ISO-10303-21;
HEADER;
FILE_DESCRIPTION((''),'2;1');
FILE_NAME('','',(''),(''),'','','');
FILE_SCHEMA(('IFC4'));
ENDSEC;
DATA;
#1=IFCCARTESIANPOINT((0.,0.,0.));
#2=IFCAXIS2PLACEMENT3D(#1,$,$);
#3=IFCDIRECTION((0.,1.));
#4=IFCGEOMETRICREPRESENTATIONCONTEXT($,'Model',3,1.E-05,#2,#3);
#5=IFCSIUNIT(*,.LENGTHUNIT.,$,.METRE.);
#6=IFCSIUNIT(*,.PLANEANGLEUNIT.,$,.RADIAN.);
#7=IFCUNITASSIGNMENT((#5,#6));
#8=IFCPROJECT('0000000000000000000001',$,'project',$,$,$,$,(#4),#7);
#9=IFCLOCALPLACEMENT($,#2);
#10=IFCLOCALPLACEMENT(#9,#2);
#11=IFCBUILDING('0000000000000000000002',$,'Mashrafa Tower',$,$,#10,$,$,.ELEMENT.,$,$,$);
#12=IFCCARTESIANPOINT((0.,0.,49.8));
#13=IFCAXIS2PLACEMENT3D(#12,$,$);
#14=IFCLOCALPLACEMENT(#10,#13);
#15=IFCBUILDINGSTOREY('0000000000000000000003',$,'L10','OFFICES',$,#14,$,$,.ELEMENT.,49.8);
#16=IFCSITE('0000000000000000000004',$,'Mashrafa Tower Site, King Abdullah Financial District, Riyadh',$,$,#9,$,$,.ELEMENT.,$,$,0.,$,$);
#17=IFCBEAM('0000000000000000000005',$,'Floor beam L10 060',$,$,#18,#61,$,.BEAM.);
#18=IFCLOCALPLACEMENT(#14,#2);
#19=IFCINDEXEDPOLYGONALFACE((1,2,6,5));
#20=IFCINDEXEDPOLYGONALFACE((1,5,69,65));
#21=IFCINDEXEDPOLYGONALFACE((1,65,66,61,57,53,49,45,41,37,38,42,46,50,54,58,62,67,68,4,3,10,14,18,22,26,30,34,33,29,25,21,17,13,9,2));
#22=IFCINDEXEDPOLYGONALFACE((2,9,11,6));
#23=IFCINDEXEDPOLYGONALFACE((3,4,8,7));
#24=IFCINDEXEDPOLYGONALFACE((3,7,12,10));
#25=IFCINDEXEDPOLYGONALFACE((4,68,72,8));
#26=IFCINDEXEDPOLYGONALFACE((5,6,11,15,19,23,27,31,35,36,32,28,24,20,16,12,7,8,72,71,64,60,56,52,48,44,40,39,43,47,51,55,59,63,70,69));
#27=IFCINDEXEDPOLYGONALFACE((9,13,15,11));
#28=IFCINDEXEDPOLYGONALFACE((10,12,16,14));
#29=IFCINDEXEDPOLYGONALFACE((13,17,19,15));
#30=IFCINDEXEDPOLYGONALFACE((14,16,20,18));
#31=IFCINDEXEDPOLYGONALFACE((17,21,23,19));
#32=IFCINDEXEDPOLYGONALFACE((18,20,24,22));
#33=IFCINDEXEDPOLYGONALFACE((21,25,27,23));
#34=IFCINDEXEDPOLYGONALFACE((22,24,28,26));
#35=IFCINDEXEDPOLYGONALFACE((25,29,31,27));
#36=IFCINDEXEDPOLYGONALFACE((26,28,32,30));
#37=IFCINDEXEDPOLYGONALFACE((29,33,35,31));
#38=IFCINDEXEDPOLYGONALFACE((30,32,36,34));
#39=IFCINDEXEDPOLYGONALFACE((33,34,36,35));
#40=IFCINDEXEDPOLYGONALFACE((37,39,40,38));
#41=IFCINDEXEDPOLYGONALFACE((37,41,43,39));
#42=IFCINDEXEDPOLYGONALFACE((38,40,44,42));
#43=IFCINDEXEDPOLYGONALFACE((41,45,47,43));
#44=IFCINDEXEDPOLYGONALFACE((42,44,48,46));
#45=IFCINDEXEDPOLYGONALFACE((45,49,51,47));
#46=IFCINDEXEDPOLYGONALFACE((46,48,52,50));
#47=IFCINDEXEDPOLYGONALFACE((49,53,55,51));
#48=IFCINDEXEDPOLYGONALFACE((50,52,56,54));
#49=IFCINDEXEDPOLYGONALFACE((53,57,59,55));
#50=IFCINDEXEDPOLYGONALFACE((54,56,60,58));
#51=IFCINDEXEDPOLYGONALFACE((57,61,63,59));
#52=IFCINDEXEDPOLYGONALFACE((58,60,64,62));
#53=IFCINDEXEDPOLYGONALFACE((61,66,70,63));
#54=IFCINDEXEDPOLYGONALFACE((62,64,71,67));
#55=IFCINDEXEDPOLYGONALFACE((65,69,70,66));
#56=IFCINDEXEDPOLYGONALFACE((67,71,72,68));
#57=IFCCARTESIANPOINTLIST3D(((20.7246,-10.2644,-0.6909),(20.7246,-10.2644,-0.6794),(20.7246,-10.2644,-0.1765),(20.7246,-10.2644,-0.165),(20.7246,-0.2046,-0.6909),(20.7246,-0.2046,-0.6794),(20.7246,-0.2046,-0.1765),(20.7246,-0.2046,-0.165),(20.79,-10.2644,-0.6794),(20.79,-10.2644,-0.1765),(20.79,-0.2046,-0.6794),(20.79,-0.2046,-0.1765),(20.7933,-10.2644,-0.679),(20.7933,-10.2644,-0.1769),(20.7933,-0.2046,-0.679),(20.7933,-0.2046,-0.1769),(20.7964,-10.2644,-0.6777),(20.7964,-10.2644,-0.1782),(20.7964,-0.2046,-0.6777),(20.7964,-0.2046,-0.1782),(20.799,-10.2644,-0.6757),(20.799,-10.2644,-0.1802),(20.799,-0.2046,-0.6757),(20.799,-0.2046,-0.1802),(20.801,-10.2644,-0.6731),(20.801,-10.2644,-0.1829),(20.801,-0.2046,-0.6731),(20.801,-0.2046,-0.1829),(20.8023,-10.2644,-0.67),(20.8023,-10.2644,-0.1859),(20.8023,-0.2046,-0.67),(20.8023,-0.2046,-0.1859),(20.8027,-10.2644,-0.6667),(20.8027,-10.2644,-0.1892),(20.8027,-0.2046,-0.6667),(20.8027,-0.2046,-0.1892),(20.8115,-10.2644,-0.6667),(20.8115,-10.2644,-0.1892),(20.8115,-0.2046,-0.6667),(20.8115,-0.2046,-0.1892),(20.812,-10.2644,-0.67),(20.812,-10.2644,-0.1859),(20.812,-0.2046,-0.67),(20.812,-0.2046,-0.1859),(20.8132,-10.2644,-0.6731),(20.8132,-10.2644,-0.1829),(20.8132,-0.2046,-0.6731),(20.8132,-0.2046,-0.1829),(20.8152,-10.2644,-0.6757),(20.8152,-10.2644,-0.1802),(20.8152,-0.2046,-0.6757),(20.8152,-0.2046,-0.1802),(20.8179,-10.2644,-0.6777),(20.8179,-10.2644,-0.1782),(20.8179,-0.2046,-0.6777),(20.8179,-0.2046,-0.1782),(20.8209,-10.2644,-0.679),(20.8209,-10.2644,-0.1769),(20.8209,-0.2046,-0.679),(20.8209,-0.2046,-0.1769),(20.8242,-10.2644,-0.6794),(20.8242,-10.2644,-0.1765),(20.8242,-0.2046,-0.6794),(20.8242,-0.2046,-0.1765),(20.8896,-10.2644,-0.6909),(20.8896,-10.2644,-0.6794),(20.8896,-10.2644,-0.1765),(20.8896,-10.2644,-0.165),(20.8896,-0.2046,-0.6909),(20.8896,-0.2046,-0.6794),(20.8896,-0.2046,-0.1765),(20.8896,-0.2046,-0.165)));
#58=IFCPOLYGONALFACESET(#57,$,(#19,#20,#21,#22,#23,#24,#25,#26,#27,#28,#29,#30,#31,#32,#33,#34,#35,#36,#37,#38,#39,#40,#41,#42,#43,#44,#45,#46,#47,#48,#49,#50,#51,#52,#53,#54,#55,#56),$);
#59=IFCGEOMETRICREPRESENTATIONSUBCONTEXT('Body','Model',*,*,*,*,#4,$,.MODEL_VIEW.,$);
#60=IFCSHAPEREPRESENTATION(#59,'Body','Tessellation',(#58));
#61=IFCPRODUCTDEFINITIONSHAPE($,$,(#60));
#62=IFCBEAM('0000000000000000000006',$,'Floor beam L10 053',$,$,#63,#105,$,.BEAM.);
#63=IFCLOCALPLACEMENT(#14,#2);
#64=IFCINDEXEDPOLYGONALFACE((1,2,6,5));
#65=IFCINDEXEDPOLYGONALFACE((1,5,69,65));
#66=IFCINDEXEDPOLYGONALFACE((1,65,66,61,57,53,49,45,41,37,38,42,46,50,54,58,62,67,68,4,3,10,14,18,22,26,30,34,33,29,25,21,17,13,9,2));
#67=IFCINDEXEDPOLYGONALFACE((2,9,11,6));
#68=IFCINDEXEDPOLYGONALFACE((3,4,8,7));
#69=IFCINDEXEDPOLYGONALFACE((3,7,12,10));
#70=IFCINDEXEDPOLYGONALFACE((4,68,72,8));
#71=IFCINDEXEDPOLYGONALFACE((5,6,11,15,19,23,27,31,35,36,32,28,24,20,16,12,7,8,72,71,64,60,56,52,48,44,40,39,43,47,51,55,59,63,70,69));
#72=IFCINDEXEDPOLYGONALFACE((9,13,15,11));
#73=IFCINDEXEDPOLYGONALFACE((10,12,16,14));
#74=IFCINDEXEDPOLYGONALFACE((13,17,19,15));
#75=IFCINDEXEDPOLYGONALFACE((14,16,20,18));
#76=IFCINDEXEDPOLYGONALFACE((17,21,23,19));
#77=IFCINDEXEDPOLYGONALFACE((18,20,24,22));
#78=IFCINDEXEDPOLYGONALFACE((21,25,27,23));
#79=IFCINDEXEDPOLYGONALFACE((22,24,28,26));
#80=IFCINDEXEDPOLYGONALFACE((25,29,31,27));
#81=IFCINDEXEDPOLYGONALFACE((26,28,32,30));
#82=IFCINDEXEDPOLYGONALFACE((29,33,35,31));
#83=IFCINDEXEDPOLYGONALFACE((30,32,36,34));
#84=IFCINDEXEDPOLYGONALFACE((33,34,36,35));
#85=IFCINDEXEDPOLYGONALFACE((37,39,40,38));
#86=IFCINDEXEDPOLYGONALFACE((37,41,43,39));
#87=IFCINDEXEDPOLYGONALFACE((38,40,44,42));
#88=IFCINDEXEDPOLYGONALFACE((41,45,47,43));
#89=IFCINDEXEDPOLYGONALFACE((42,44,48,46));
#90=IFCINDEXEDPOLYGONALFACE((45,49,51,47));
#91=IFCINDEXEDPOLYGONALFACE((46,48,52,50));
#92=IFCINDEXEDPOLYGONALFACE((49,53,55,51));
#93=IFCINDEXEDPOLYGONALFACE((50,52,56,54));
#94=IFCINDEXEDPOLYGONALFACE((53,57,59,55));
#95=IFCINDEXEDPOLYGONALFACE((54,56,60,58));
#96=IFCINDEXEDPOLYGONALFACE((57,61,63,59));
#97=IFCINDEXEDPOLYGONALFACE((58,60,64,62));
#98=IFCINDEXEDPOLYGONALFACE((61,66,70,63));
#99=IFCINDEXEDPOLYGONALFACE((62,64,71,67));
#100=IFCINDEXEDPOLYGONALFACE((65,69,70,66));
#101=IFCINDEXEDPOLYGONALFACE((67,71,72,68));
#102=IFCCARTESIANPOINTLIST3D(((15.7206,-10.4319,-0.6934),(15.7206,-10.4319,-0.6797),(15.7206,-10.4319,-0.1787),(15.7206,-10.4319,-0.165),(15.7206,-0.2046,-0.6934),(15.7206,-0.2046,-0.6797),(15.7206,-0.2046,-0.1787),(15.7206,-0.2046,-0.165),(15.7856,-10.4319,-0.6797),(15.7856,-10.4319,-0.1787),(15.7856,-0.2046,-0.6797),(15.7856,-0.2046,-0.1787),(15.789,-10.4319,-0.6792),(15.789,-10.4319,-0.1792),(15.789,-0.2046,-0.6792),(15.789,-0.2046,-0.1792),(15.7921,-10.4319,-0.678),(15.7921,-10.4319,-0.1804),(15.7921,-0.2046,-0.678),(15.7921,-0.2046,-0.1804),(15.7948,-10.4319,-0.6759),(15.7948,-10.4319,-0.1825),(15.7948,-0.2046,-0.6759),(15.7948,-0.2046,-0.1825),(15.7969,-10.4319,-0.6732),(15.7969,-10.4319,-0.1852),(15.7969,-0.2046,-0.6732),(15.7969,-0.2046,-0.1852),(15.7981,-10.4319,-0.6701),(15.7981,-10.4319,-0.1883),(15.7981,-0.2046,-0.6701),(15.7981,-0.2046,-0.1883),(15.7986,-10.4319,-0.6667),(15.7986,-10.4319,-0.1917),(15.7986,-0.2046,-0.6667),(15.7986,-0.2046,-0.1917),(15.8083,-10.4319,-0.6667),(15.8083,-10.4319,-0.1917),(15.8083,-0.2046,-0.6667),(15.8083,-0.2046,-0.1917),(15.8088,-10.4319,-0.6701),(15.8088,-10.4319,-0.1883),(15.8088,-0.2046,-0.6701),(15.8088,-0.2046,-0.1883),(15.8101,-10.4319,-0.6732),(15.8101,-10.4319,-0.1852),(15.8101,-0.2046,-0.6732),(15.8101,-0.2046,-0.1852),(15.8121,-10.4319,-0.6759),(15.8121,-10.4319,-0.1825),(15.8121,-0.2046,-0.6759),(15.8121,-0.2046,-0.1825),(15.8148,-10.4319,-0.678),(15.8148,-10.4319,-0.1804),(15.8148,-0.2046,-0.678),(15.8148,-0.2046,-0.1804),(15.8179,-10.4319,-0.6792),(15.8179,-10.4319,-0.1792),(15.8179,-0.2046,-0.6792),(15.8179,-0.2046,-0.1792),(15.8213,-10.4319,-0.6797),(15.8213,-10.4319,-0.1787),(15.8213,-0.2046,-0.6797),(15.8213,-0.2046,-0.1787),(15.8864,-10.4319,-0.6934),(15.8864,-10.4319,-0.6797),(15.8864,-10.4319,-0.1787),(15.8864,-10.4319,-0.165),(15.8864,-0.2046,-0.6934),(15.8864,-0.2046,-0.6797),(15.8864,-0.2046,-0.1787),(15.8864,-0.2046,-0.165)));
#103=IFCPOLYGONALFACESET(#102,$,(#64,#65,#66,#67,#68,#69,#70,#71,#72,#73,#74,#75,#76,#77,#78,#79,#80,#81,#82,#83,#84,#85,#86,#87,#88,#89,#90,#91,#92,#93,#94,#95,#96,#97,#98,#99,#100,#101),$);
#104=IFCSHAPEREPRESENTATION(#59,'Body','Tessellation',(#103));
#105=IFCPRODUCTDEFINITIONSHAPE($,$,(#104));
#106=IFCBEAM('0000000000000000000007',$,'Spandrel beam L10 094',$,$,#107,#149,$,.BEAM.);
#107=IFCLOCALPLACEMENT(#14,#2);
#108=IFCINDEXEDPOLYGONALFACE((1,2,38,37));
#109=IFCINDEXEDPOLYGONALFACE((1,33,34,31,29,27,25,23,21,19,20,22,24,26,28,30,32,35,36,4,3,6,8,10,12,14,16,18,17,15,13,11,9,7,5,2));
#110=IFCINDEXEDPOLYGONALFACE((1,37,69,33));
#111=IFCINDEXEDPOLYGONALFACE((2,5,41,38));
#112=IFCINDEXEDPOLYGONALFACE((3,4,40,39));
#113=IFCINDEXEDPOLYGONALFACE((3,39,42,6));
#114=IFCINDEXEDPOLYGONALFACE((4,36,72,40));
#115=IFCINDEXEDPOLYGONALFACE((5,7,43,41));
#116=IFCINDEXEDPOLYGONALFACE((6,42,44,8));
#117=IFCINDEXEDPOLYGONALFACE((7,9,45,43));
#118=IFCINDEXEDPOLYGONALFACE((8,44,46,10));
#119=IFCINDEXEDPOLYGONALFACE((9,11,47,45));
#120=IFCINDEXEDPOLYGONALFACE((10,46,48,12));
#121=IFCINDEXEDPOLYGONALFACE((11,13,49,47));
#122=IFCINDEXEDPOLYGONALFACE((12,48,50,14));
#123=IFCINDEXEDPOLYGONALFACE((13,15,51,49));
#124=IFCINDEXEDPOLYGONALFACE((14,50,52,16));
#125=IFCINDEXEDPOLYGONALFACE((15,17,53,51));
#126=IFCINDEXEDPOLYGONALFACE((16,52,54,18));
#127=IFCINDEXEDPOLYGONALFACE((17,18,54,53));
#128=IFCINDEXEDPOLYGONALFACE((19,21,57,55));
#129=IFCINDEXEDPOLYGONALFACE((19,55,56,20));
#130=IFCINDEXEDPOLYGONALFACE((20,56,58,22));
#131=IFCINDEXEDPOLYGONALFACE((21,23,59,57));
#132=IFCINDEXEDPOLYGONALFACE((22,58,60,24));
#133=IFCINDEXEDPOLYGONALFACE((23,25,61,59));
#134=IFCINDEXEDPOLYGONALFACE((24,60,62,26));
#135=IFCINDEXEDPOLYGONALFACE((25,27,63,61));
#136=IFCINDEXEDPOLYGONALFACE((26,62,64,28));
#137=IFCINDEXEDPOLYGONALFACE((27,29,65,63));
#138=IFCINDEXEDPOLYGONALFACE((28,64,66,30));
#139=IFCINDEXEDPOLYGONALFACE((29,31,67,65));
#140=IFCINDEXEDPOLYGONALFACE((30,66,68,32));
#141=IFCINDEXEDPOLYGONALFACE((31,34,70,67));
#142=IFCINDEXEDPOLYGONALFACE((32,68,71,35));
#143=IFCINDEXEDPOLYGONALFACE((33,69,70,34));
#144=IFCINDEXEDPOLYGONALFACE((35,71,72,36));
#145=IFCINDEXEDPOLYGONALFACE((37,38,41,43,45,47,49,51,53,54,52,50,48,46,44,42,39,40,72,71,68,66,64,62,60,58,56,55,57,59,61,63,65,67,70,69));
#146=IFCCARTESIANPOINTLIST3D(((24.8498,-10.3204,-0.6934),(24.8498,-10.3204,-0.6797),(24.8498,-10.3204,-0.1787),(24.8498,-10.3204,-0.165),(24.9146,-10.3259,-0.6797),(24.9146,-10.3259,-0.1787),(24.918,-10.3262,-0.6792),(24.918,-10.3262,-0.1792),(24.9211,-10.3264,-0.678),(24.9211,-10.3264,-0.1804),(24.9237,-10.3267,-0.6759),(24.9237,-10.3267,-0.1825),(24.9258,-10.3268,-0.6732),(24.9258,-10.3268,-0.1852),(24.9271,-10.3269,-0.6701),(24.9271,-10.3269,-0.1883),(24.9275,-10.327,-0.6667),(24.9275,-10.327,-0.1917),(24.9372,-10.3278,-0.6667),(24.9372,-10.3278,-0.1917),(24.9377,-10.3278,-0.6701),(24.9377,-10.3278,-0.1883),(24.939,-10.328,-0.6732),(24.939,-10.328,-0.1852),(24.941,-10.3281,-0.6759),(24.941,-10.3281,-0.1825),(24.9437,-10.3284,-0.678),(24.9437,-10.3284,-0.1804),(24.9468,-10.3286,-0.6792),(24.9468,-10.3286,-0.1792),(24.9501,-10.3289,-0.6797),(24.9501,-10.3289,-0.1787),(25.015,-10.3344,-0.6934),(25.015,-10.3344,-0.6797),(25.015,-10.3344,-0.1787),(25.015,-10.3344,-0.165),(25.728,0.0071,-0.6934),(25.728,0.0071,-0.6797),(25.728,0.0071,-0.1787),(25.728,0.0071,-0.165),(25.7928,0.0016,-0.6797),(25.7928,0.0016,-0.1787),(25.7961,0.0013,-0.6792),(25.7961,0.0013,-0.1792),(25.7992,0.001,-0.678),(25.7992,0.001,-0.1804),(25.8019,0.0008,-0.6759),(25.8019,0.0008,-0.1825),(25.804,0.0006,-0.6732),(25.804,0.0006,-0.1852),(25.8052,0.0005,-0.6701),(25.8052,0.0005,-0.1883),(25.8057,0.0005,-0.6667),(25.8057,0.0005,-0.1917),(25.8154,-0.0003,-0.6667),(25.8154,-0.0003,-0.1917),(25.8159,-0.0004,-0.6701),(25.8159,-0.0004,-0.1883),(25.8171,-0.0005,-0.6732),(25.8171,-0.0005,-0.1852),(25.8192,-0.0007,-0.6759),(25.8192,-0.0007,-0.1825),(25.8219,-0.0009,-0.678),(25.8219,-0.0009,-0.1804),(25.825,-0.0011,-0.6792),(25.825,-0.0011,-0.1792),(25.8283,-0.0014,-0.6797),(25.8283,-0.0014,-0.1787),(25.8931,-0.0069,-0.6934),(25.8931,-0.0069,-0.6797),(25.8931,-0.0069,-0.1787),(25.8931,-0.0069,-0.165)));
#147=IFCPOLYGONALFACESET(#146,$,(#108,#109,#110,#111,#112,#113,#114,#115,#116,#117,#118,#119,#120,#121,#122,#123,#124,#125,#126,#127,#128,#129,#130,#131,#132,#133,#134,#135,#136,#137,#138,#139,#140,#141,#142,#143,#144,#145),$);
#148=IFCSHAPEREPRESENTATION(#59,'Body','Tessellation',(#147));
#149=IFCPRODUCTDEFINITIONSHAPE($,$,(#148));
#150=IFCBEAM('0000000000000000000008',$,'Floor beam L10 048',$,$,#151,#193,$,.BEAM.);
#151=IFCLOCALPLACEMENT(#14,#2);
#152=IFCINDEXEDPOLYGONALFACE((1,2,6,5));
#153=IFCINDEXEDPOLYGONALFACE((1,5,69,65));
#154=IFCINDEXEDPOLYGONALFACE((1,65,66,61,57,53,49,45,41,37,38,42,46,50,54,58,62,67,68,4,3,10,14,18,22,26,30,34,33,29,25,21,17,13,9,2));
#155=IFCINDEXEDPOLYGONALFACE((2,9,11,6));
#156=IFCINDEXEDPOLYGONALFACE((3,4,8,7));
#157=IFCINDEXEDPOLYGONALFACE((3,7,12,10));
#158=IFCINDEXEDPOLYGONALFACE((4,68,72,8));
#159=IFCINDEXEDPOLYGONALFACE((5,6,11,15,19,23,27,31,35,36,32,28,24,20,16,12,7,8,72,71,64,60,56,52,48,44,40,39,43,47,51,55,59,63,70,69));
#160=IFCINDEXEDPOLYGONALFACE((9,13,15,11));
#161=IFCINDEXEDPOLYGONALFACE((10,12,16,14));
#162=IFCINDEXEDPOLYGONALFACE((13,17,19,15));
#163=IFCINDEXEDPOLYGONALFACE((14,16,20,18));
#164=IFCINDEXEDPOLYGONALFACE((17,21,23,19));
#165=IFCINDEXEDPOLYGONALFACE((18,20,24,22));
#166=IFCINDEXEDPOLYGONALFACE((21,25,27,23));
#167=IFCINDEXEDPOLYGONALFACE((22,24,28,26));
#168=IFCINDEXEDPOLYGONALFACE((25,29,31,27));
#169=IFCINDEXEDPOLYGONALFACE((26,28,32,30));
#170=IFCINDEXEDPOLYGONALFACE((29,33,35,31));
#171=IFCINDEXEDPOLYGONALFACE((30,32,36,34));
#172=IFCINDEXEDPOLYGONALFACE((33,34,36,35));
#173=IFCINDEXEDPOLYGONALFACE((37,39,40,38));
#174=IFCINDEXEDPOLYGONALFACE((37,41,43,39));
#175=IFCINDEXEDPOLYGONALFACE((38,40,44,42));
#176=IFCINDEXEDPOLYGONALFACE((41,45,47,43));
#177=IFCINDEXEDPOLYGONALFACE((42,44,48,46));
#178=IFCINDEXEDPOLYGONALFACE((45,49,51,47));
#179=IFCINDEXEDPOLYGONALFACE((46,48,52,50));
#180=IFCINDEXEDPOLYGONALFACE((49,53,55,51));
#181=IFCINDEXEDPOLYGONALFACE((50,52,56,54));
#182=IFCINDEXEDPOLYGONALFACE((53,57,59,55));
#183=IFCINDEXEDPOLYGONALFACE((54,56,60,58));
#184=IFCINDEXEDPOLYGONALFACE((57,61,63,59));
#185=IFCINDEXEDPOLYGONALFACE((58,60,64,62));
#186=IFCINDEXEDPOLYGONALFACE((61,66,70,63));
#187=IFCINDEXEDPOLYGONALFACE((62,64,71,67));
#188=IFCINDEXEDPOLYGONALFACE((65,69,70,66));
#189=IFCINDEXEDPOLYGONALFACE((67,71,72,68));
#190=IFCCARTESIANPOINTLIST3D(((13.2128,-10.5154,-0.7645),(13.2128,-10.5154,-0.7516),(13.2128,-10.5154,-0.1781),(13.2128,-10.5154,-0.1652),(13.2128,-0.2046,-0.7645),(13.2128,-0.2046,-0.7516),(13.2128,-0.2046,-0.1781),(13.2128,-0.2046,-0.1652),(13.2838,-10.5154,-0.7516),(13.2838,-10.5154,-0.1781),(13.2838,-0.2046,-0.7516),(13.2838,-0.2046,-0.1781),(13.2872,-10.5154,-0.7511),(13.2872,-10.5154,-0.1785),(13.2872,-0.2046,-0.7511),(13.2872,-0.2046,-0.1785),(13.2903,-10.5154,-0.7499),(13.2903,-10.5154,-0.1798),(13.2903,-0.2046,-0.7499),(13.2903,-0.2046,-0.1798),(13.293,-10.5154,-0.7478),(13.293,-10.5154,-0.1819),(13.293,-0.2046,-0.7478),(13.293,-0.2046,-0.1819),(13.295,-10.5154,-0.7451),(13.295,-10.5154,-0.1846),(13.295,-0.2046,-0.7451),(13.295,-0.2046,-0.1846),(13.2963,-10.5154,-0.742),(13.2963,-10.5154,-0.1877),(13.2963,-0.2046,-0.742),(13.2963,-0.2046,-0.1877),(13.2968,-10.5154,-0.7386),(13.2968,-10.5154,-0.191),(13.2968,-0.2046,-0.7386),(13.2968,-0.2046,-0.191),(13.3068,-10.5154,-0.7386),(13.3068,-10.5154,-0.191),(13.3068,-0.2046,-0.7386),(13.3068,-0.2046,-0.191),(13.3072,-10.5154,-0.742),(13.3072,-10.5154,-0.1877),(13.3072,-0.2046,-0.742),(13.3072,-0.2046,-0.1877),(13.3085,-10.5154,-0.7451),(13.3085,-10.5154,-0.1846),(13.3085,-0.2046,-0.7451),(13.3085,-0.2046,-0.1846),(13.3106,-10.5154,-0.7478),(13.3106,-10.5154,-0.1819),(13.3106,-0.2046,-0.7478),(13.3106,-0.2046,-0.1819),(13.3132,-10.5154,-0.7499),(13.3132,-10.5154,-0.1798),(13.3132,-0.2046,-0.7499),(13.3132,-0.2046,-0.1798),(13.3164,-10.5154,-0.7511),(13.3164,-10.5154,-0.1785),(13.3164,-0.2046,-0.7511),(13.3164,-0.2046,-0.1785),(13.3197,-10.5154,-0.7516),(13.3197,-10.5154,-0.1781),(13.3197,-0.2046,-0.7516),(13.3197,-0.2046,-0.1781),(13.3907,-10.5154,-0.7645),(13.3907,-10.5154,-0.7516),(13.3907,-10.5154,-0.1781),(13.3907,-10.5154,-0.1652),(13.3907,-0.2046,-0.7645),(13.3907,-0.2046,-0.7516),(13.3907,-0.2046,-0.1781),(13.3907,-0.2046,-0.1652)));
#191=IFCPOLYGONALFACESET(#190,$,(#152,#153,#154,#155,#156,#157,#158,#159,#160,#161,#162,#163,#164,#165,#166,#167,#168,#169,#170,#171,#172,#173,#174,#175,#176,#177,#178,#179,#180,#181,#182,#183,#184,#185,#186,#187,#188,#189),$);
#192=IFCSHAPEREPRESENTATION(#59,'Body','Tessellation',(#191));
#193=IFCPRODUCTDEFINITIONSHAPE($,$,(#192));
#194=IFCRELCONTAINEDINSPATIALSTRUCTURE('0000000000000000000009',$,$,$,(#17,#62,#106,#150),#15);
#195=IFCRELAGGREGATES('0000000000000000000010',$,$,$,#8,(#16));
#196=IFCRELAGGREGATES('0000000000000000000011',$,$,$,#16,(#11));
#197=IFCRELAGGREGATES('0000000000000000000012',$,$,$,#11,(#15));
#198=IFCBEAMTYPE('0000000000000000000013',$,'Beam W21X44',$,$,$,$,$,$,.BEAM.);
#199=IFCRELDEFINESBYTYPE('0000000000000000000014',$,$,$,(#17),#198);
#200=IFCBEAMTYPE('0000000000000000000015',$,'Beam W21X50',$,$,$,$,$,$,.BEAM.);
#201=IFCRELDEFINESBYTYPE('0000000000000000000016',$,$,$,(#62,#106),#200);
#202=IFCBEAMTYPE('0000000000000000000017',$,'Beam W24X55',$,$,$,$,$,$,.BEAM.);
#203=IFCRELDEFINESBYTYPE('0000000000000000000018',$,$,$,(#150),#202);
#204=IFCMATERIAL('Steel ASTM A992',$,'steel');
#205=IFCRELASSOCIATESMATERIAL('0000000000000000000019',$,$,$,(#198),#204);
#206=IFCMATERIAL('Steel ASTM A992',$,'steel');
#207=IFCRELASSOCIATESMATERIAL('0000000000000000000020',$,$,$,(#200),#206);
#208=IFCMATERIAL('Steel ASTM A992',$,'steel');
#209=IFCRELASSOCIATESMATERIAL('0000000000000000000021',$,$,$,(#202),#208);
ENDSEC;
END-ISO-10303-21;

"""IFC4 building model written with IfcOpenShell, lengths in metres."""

from ifc_helpers import new_model, si_unit, direction, frame, origin, origin_2d, place, context, subcontext, project, spatial, i_section, extrude, material, material_profile, profile_set, type_object, element, save


model = new_model("IFC4")

# Units and contexts
model_context = context("Model", 3, precision=1e-05, world=origin(), true_north=direction((0.0, 1.0)))
body_context = subcontext(model_context, "Body", "Model", "MODEL_VIEW")
ifc_project = project(units=[si_unit("LENGTHUNIT", "METRE"), si_unit("PLANEANGLEUNIT", "RADIAN")], contexts=[model_context])

# Site, building, storey
site_placement = place(None, origin())
site = spatial("IfcSite", under=ifc_project, at=site_placement, Name="Mashrafa Tower Site, King Abdullah Financial District, Riyadh", CompositionType="ELEMENT", RefElevation=0.0)
building_placement = place(site_placement, origin())
building = spatial("IfcBuilding", under=site, at=building_placement, Name="Mashrafa Tower", CompositionType="ELEMENT")
storey_placement = place(building_placement, frame((0.0, 0.0, 49.8)))
storey = spatial("IfcBuildingStorey", under=building, at=storey_placement, Name="L10", Description="OFFICES", CompositionType="ELEMENT", Elevation=49.8)

# Beams
ifc_material_1 = material(Name="Steel ASTM A992", Category="steel")
ifc_material_profile_1 = material_profile(ifc_material_1, i_section(OverallWidth=0.165, OverallDepth=0.5259, WebThickness=0.0088, FlangeThickness=0.0115, FilletRadius=0.0127, at=origin_2d()), Name="W21X44")
ifc_profile_set_1 = profile_set([ifc_material_profile_1], Name="Steel ASTM A992")
beam_type_1 = type_object("IfcBeamType", Name="Beam W21X44", PredefinedType="BEAM", material=ifc_profile_set_1)
beam_1_placement = place(storey_placement, frame((20.8071, -0.2046, -0.428), z_axis=(0.0, -1.0, 0.0), x_axis=(1.0, 0.0, 0.0)))
element("IfcBeam", 1, at=beam_1_placement, inside=storey, type_object=beam_type_1, Name="Floor beam L10 060", PredefinedType="BEAM", context=body_context, shape_type="SweptSolid", body=[
    extrude(i_section(OverallWidth=0.165, OverallDepth=0.5259, WebThickness=0.0088, FlangeThickness=0.0115, FilletRadius=0.0127, at=origin_2d()), origin(), (0.0, 0.0, 1.0), 10.0598),
])
ifc_material_2 = material(Name="Steel ASTM A992", Category="steel")
ifc_material_profile_2 = material_profile(ifc_material_2, i_section(OverallWidth=0.1658, OverallDepth=0.5283, WebThickness=0.0098, FlangeThickness=0.0137, FilletRadius=0.0129, at=origin_2d()), Name="W21X50")
ifc_profile_set_2 = profile_set([ifc_material_profile_2], Name="Steel ASTM A992")
beam_type_2 = type_object("IfcBeamType", Name="Beam W21X50", PredefinedType="BEAM", material=ifc_profile_set_2)
beam_2_placement = place(storey_placement, frame((15.8035, -0.2046, -0.4292), z_axis=(0.0, -1.0, 0.0), x_axis=(1.0, 0.0, 0.0)))
element("IfcBeam", 2, at=beam_2_placement, inside=storey, type_object=beam_type_2, Name="Floor beam L10 053", PredefinedType="BEAM", context=body_context, shape_type="SweptSolid", body=[
    extrude(i_section(OverallWidth=0.1658, OverallDepth=0.5283, WebThickness=0.0098, FlangeThickness=0.0137, FilletRadius=0.0129, at=origin_2d()), origin(), (0.0, 0.0, 1.0), 10.2273),
])
beam_3_placement = place(storey_placement, frame((24.9324, -10.3274, -0.4292), z_axis=(0.084728, 0.996404, 0.0), x_axis=(-0.996404, 0.084728, 0.0)))
element("IfcBeam", 3, at=beam_3_placement, inside=storey, type_object=beam_type_2, Name="Spandrel beam L10 094", PredefinedType="BEAM", context=body_context, shape_type="SweptSolid", body=[
    extrude(i_section(OverallWidth=0.1658, OverallDepth=0.5283, WebThickness=0.0098, FlangeThickness=0.0137, FilletRadius=0.0129, at=origin_2d()), origin(), (0.0, 0.0, 1.0), 10.3647),
])
ifc_material_3 = material(Name="Steel ASTM A992", Category="steel")
ifc_material_profile_3 = material_profile(ifc_material_3, i_section(OverallWidth=0.178, OverallDepth=0.5994, WebThickness=0.01, FlangeThickness=0.0129, FilletRadius=0.0129, at=origin_2d()), Name="W24X55")
ifc_profile_set_3 = profile_set([ifc_material_profile_3], Name="Steel ASTM A992")
beam_type_3 = type_object("IfcBeamType", Name="Beam W24X55", PredefinedType="BEAM", material=ifc_profile_set_3)
beam_4_placement = place(storey_placement, frame((13.3018, -0.2046, -0.4648), z_axis=(0.0, -1.0, 0.0), x_axis=(1.0, 0.0, 0.0)))
element("IfcBeam", 4, at=beam_4_placement, inside=storey, type_object=beam_type_3, Name="Floor beam L10 048", PredefinedType="BEAM", context=body_context, shape_type="SweptSolid", body=[
    extrude(i_section(OverallWidth=0.178, OverallDepth=0.5994, WebThickness=0.01, FlangeThickness=0.0129, FilletRadius=0.0129, at=origin_2d()), origin(), (0.0, 0.0, 1.0), 10.3108),
])

save(model, "model.ifc")
